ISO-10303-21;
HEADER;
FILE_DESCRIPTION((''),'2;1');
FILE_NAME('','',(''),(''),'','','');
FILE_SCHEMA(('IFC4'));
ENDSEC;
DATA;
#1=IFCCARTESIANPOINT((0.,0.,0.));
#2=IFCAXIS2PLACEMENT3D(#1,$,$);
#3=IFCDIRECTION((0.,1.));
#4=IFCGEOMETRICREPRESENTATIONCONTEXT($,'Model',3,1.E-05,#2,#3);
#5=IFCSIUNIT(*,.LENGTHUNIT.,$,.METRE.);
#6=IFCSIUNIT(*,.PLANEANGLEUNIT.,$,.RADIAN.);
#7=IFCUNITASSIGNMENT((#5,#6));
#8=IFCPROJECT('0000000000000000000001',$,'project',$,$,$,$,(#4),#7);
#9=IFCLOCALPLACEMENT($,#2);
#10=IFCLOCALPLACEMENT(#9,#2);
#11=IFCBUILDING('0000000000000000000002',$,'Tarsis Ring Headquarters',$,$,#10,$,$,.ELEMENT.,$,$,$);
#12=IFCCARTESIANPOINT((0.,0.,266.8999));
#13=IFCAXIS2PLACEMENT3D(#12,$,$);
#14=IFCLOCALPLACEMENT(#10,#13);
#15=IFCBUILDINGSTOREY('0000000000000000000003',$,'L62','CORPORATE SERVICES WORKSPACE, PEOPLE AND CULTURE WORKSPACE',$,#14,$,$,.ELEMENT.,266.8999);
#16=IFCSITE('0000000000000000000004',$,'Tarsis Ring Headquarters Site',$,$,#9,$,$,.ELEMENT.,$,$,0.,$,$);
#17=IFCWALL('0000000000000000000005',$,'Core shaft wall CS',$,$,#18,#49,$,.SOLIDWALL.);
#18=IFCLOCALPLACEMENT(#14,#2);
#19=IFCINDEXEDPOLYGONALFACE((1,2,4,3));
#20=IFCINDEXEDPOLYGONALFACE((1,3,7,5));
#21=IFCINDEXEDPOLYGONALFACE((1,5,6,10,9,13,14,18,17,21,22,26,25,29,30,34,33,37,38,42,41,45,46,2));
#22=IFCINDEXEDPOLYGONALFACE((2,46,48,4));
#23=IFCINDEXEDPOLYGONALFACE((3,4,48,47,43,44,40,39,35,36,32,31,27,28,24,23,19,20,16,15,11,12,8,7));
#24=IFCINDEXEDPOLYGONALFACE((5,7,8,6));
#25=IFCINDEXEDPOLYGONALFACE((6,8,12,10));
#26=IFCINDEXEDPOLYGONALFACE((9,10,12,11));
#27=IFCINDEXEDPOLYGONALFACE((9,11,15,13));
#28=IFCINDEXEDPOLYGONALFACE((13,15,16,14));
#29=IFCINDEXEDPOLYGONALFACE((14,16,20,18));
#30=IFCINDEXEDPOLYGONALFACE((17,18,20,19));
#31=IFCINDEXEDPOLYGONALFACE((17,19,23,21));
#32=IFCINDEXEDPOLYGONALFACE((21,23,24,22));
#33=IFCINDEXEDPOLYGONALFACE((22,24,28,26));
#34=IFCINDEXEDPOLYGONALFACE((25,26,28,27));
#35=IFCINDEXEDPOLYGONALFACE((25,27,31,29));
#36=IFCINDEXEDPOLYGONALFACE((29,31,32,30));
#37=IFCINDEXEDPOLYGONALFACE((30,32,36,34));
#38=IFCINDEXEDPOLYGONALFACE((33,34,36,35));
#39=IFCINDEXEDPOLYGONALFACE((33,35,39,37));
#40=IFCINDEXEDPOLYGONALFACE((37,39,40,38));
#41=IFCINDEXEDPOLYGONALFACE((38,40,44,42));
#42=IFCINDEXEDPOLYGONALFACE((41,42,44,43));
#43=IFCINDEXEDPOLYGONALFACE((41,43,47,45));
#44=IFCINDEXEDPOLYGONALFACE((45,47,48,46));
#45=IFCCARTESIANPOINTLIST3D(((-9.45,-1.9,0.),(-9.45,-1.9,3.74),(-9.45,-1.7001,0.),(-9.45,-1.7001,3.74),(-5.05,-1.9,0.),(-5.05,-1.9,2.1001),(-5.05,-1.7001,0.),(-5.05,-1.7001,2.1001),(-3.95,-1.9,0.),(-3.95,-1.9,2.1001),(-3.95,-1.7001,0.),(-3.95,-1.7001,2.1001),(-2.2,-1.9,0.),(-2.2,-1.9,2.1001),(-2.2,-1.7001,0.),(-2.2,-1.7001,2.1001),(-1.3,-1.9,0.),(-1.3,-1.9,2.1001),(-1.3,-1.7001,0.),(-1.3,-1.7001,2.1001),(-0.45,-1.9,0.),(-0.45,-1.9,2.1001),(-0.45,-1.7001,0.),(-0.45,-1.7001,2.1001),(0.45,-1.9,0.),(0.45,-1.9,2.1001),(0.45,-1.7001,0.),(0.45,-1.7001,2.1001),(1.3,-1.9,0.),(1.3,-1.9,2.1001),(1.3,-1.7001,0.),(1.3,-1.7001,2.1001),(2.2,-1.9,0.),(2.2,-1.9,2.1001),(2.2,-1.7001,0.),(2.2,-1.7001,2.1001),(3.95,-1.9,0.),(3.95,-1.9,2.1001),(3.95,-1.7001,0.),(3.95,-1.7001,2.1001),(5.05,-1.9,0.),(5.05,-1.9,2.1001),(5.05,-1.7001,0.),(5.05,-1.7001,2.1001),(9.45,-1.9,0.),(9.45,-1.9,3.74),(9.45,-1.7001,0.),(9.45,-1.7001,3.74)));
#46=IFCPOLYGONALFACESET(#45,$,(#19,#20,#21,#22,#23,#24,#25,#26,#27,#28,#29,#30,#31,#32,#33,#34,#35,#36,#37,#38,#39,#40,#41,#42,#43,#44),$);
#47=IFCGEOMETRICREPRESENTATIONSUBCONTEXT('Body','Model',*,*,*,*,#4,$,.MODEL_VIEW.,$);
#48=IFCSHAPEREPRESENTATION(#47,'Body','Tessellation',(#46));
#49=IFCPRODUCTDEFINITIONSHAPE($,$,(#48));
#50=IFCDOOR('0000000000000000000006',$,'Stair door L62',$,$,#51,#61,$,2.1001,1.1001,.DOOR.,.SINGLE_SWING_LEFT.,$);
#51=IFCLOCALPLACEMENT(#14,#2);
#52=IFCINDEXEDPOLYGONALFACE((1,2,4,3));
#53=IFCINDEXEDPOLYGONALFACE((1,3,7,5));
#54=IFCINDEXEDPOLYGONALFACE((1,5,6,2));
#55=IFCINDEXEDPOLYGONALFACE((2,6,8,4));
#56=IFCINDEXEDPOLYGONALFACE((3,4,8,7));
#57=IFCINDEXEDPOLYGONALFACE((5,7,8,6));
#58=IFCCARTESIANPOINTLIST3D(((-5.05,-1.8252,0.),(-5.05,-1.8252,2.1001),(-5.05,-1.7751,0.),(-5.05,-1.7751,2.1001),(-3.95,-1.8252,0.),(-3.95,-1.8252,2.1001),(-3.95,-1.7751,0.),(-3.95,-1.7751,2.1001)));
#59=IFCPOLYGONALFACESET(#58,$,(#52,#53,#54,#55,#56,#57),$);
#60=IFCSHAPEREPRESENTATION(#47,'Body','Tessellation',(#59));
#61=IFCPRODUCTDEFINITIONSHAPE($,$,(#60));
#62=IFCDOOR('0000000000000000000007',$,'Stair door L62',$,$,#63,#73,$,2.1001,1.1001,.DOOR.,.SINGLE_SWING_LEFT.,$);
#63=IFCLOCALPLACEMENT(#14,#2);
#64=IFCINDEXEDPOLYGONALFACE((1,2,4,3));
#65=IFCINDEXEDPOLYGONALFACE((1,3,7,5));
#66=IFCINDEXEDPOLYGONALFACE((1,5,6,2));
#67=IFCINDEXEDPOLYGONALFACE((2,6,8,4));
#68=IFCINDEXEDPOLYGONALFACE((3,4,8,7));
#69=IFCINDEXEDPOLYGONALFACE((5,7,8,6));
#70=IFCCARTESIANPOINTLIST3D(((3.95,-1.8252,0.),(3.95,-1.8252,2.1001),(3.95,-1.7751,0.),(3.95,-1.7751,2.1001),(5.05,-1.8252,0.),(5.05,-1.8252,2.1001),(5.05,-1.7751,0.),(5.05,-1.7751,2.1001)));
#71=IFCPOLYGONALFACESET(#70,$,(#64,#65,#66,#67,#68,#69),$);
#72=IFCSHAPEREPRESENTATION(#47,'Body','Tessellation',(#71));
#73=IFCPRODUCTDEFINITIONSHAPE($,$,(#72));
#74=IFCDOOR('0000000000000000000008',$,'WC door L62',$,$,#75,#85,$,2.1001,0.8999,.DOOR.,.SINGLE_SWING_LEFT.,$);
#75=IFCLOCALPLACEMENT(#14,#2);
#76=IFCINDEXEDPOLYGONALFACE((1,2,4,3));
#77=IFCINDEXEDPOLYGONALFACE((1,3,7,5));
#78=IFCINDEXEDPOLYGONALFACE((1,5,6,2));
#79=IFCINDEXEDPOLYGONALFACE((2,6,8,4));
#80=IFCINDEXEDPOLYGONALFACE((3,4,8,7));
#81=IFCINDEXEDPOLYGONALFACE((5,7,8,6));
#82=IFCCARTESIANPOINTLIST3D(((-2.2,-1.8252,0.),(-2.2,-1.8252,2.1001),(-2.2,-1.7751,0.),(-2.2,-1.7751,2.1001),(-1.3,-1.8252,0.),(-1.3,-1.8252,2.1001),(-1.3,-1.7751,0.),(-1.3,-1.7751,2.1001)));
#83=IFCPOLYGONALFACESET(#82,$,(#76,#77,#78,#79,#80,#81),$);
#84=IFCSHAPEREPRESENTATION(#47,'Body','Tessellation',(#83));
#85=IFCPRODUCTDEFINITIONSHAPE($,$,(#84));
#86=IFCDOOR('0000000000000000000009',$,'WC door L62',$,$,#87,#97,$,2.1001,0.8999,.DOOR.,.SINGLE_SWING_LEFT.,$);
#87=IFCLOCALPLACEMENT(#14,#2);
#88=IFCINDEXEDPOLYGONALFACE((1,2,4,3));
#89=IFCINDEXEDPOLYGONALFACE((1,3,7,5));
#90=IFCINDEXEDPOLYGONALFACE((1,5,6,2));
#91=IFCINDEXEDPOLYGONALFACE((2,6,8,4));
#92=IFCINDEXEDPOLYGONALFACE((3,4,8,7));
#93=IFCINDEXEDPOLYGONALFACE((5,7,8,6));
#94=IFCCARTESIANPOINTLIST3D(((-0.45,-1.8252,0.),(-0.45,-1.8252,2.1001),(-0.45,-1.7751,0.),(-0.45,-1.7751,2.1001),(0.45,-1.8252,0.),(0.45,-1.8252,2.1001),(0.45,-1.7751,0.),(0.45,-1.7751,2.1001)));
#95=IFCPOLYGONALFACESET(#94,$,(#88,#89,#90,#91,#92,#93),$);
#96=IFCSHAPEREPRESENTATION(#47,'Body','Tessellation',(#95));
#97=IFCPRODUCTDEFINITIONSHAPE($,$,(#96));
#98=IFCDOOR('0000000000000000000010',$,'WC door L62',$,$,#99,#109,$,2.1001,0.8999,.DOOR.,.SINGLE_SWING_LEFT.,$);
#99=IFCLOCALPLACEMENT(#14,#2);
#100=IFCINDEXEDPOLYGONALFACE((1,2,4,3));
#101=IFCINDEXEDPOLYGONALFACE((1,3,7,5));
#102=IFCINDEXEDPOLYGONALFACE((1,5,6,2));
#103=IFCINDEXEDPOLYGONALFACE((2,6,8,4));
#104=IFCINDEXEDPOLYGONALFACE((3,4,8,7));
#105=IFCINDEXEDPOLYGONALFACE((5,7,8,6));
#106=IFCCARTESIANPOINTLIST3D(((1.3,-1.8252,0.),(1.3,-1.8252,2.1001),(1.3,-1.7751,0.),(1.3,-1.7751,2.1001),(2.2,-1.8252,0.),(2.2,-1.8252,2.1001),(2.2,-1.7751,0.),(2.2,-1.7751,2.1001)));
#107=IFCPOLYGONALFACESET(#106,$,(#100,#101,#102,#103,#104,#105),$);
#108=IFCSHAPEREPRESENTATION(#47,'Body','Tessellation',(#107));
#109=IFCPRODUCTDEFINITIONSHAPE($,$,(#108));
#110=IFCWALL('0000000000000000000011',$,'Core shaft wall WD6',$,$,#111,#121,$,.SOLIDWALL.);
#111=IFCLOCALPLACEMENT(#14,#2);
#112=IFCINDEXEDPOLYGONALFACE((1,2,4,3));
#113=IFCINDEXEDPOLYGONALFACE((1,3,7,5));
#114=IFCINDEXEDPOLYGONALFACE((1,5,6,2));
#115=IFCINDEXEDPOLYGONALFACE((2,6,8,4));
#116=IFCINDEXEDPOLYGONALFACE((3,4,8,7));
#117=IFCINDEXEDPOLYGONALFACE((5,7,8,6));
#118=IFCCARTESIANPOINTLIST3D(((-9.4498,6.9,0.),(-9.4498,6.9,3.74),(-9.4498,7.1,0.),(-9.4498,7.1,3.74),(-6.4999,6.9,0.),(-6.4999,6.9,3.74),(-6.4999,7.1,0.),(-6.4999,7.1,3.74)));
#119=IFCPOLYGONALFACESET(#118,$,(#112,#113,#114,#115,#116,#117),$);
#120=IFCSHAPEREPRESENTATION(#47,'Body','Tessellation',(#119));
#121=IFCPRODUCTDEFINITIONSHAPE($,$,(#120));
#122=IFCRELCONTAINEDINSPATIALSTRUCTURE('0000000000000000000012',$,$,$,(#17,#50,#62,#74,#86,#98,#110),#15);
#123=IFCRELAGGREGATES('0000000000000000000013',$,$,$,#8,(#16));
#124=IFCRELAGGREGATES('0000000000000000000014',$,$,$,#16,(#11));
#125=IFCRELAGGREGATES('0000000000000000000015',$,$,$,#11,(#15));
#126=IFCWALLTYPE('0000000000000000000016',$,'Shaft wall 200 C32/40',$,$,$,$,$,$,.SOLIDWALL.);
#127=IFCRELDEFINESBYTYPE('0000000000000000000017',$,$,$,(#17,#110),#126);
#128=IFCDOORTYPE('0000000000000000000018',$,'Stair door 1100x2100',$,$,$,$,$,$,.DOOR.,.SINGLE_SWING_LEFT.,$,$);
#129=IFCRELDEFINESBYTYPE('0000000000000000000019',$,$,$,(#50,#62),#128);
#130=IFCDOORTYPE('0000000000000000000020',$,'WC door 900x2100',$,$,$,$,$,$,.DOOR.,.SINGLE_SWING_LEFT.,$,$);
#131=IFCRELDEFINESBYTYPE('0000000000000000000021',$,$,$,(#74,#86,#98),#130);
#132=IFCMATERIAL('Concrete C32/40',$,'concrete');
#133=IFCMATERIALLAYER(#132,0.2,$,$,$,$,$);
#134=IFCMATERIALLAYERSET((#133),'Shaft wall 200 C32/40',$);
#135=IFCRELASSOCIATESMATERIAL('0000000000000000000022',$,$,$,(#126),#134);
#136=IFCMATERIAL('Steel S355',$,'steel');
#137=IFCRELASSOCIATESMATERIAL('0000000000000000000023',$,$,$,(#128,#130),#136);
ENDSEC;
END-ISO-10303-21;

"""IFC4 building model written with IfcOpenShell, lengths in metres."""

from ifc_helpers import new_model, si_unit, direction, frame, frame_2d, origin, place, context, subcontext, project, spatial, rectangle, extrude, material, layer, layer_set, type_object, element, fill, save


model = new_model("IFC4")

# Units and contexts
model_context = context("Model", 3, precision=1e-05, world=origin(), true_north=direction((0.0, 1.0)))
body_context = subcontext(model_context, "Body", "Model", "MODEL_VIEW")
ifc_project = project(units=[si_unit("LENGTHUNIT", "METRE"), si_unit("PLANEANGLEUNIT", "RADIAN")], contexts=[model_context])

# Site, building, storey
site_placement = place(None, origin())
site = spatial("IfcSite", under=ifc_project, at=site_placement, Name="Tarsis Ring Headquarters Site", CompositionType="ELEMENT", RefElevation=0.0)
building_placement = place(site_placement, origin())
building = spatial("IfcBuilding", under=site, at=building_placement, Name="Tarsis Ring Headquarters", CompositionType="ELEMENT")
storey_placement = place(building_placement, frame((0.0, 0.0, 266.8999)))
storey = spatial("IfcBuildingStorey", under=building, at=storey_placement, Name="L62", Description="CORPORATE SERVICES WORKSPACE, PEOPLE AND CULTURE WORKSPACE", CompositionType="ELEMENT", Elevation=266.8999)

# Wall, openings, doors
ifc_material_1 = material(Name="Concrete C32/40", Category="concrete")
ifc_layer_1 = layer(ifc_material_1, 0.2)
ifc_layer_set_1 = layer_set([ifc_layer_1], Name="Shaft wall 200 C32/40")
wall_type_1 = type_object("IfcWallType", Name="Shaft wall 200 C32/40", PredefinedType="SOLIDWALL", material=ifc_layer_set_1)
ifc_material_2 = material(Name="Steel S355", Category="steel")
door_type_1 = type_object("IfcDoorType", Name="Stair door 1100x2100", OperationType="SINGLE_SWING_LEFT", PredefinedType="DOOR", material=ifc_material_2)
wall_1_placement = place(storey_placement, frame((-9.45, -1.8, 0.0), z_axis=(0.0, 0.0, 1.0), x_axis=(1.0, 0.0, 0.0)))
wall_1 = element("IfcWall", 1, at=wall_1_placement, inside=storey, type_object=wall_type_1, Name="Core shaft wall CS", PredefinedType="SOLIDWALL", context=body_context, shape_type="SweptSolid", body=[
    extrude(rectangle(XDim=18.8999, YDim=0.2, at=frame_2d((9.45, 0.0))), origin(), (0.0, 0.0, 1.0), 3.74),
])
opening_1_placement = place(wall_1_placement, frame((4.3999, 0.0, 0.0)))
opening_1 = element("IfcOpeningElement", 2, at=opening_1_placement, cuts=wall_1, PredefinedType="OPENING", context=body_context, shape_type="SweptSolid", body=[
    extrude(rectangle(XDim=1.1001, YDim=2.1001, at=frame_2d((0.55, 1.05))), frame((0.0, 0.1099, 0.0), z_axis=(0.0, -1.0, 0.0), x_axis=(1.0, 0.0, 0.0)), (0.0, 0.0, 1.0), 0.22),
])
opening_2_placement = place(wall_1_placement, frame((7.25, 0.0, 0.0)))
opening_2 = element("IfcOpeningElement", 3, at=opening_2_placement, cuts=wall_1, PredefinedType="OPENING", context=body_context, shape_type="SweptSolid", body=[
    extrude(rectangle(XDim=0.8999, YDim=2.1001, at=frame_2d((0.45, 1.05))), frame((0.0, 0.1099, 0.0), z_axis=(0.0, -1.0, 0.0), x_axis=(1.0, 0.0, 0.0)), (0.0, 0.0, 1.0), 0.22),
])
opening_3_placement = place(wall_1_placement, frame((9.0, 0.0, 0.0)))
opening_3 = element("IfcOpeningElement", 4, at=opening_3_placement, cuts=wall_1, PredefinedType="OPENING", context=body_context, shape_type="SweptSolid", body=[
    extrude(rectangle(XDim=0.8999, YDim=2.1001, at=frame_2d((0.45, 1.05))), frame((0.0, 0.1099, 0.0), z_axis=(0.0, -1.0, 0.0), x_axis=(1.0, 0.0, 0.0)), (0.0, 0.0, 1.0), 0.22),
])
opening_4_placement = place(wall_1_placement, frame((10.75, 0.0, 0.0)))
opening_4 = element("IfcOpeningElement", 5, at=opening_4_placement, cuts=wall_1, PredefinedType="OPENING", context=body_context, shape_type="SweptSolid", body=[
    extrude(rectangle(XDim=0.8999, YDim=2.1001, at=frame_2d((0.45, 1.05))), frame((0.0, 0.1099, 0.0), z_axis=(0.0, -1.0, 0.0), x_axis=(1.0, 0.0, 0.0)), (0.0, 0.0, 1.0), 0.22),
])
opening_5_placement = place(wall_1_placement, frame((13.3999, 0.0, 0.0)))
opening_5 = element("IfcOpeningElement", 6, at=opening_5_placement, cuts=wall_1, PredefinedType="OPENING", context=body_context, shape_type="SweptSolid", body=[
    extrude(rectangle(XDim=1.1001, YDim=2.1001, at=frame_2d((0.55, 1.05))), frame((0.0, 0.1099, 0.0), z_axis=(0.0, -1.0, 0.0), x_axis=(1.0, 0.0, 0.0)), (0.0, 0.0, 1.0), 0.22),
])
door_1_placement = place(opening_1_placement, origin())
door_1 = element("IfcDoor", 7, at=door_1_placement, inside=storey, type_object=door_type_1, Name="Stair door L62", OperationType="SINGLE_SWING_LEFT", OverallHeight=2.1001, OverallWidth=1.1001, PredefinedType="DOOR", context=body_context, shape_type="SweptSolid", body=[
    extrude(rectangle(XDim=1.1001, YDim=2.1001, at=frame_2d((0.55, 1.05))), frame((0.0, 0.0249, 0.0), z_axis=(0.0, -1.0, 0.0), x_axis=(1.0, 0.0, 0.0)), (0.0, 0.0, 1.0), 0.05),
])
fill(opening_1, door_1)
door_2_placement = place(opening_5_placement, origin())
door_2 = element("IfcDoor", 8, at=door_2_placement, inside=storey, type_object=door_type_1, Name="Stair door L62", OperationType="SINGLE_SWING_LEFT", OverallHeight=2.1001, OverallWidth=1.1001, PredefinedType="DOOR", context=body_context, shape_type="SweptSolid", body=[
    extrude(rectangle(XDim=1.1001, YDim=2.1001, at=frame_2d((0.55, 1.05))), frame((0.0, 0.0249, 0.0), z_axis=(0.0, -1.0, 0.0), x_axis=(1.0, 0.0, 0.0)), (0.0, 0.0, 1.0), 0.05),
])
fill(opening_5, door_2)
door_type_2 = type_object("IfcDoorType", Name="WC door 900x2100", OperationType="SINGLE_SWING_LEFT", PredefinedType="DOOR", material=ifc_material_2)
door_3_placement = place(opening_2_placement, origin())
door_3 = element("IfcDoor", 9, at=door_3_placement, inside=storey, type_object=door_type_2, Name="WC door L62", OperationType="SINGLE_SWING_LEFT", OverallHeight=2.1001, OverallWidth=0.8999, PredefinedType="DOOR", context=body_context, shape_type="SweptSolid", body=[
    extrude(rectangle(XDim=0.8999, YDim=2.1001, at=frame_2d((0.45, 1.05))), frame((0.0, 0.0249, 0.0), z_axis=(0.0, -1.0, 0.0), x_axis=(1.0, 0.0, 0.0)), (0.0, 0.0, 1.0), 0.05),
])
fill(opening_2, door_3)
door_4_placement = place(opening_3_placement, origin())
door_4 = element("IfcDoor", 10, at=door_4_placement, inside=storey, type_object=door_type_2, Name="WC door L62", OperationType="SINGLE_SWING_LEFT", OverallHeight=2.1001, OverallWidth=0.8999, PredefinedType="DOOR", context=body_context, shape_type="SweptSolid", body=[
    extrude(rectangle(XDim=0.8999, YDim=2.1001, at=frame_2d((0.45, 1.05))), frame((0.0, 0.0249, 0.0), z_axis=(0.0, -1.0, 0.0), x_axis=(1.0, 0.0, 0.0)), (0.0, 0.0, 1.0), 0.05),
])
fill(opening_3, door_4)
door_5_placement = place(opening_4_placement, origin())
door_5 = element("IfcDoor", 11, at=door_5_placement, inside=storey, type_object=door_type_2, Name="WC door L62", OperationType="SINGLE_SWING_LEFT", OverallHeight=2.1001, OverallWidth=0.8999, PredefinedType="DOOR", context=body_context, shape_type="SweptSolid", body=[
    extrude(rectangle(XDim=0.8999, YDim=2.1001, at=frame_2d((0.45, 1.05))), frame((0.0, 0.0249, 0.0), z_axis=(0.0, -1.0, 0.0), x_axis=(1.0, 0.0, 0.0)), (0.0, 0.0, 1.0), 0.05),
])
fill(opening_4, door_5)

# Wall
wall_2_placement = place(storey_placement, frame((-9.45, 7.0, 0.0), z_axis=(0.0, 0.0, 1.0), x_axis=(1.0, 0.0, 0.0)))
element("IfcWall", 12, at=wall_2_placement, inside=storey, type_object=wall_type_1, Name="Core shaft wall WD6", PredefinedType="SOLIDWALL", context=body_context, shape_type="SweptSolid", body=[
    extrude(rectangle(XDim=2.95, YDim=0.2, at=frame_2d((1.4751, 0.0))), origin(), (0.0, 0.0, 1.0), 3.74),
])

save(model, "model.ifc")
